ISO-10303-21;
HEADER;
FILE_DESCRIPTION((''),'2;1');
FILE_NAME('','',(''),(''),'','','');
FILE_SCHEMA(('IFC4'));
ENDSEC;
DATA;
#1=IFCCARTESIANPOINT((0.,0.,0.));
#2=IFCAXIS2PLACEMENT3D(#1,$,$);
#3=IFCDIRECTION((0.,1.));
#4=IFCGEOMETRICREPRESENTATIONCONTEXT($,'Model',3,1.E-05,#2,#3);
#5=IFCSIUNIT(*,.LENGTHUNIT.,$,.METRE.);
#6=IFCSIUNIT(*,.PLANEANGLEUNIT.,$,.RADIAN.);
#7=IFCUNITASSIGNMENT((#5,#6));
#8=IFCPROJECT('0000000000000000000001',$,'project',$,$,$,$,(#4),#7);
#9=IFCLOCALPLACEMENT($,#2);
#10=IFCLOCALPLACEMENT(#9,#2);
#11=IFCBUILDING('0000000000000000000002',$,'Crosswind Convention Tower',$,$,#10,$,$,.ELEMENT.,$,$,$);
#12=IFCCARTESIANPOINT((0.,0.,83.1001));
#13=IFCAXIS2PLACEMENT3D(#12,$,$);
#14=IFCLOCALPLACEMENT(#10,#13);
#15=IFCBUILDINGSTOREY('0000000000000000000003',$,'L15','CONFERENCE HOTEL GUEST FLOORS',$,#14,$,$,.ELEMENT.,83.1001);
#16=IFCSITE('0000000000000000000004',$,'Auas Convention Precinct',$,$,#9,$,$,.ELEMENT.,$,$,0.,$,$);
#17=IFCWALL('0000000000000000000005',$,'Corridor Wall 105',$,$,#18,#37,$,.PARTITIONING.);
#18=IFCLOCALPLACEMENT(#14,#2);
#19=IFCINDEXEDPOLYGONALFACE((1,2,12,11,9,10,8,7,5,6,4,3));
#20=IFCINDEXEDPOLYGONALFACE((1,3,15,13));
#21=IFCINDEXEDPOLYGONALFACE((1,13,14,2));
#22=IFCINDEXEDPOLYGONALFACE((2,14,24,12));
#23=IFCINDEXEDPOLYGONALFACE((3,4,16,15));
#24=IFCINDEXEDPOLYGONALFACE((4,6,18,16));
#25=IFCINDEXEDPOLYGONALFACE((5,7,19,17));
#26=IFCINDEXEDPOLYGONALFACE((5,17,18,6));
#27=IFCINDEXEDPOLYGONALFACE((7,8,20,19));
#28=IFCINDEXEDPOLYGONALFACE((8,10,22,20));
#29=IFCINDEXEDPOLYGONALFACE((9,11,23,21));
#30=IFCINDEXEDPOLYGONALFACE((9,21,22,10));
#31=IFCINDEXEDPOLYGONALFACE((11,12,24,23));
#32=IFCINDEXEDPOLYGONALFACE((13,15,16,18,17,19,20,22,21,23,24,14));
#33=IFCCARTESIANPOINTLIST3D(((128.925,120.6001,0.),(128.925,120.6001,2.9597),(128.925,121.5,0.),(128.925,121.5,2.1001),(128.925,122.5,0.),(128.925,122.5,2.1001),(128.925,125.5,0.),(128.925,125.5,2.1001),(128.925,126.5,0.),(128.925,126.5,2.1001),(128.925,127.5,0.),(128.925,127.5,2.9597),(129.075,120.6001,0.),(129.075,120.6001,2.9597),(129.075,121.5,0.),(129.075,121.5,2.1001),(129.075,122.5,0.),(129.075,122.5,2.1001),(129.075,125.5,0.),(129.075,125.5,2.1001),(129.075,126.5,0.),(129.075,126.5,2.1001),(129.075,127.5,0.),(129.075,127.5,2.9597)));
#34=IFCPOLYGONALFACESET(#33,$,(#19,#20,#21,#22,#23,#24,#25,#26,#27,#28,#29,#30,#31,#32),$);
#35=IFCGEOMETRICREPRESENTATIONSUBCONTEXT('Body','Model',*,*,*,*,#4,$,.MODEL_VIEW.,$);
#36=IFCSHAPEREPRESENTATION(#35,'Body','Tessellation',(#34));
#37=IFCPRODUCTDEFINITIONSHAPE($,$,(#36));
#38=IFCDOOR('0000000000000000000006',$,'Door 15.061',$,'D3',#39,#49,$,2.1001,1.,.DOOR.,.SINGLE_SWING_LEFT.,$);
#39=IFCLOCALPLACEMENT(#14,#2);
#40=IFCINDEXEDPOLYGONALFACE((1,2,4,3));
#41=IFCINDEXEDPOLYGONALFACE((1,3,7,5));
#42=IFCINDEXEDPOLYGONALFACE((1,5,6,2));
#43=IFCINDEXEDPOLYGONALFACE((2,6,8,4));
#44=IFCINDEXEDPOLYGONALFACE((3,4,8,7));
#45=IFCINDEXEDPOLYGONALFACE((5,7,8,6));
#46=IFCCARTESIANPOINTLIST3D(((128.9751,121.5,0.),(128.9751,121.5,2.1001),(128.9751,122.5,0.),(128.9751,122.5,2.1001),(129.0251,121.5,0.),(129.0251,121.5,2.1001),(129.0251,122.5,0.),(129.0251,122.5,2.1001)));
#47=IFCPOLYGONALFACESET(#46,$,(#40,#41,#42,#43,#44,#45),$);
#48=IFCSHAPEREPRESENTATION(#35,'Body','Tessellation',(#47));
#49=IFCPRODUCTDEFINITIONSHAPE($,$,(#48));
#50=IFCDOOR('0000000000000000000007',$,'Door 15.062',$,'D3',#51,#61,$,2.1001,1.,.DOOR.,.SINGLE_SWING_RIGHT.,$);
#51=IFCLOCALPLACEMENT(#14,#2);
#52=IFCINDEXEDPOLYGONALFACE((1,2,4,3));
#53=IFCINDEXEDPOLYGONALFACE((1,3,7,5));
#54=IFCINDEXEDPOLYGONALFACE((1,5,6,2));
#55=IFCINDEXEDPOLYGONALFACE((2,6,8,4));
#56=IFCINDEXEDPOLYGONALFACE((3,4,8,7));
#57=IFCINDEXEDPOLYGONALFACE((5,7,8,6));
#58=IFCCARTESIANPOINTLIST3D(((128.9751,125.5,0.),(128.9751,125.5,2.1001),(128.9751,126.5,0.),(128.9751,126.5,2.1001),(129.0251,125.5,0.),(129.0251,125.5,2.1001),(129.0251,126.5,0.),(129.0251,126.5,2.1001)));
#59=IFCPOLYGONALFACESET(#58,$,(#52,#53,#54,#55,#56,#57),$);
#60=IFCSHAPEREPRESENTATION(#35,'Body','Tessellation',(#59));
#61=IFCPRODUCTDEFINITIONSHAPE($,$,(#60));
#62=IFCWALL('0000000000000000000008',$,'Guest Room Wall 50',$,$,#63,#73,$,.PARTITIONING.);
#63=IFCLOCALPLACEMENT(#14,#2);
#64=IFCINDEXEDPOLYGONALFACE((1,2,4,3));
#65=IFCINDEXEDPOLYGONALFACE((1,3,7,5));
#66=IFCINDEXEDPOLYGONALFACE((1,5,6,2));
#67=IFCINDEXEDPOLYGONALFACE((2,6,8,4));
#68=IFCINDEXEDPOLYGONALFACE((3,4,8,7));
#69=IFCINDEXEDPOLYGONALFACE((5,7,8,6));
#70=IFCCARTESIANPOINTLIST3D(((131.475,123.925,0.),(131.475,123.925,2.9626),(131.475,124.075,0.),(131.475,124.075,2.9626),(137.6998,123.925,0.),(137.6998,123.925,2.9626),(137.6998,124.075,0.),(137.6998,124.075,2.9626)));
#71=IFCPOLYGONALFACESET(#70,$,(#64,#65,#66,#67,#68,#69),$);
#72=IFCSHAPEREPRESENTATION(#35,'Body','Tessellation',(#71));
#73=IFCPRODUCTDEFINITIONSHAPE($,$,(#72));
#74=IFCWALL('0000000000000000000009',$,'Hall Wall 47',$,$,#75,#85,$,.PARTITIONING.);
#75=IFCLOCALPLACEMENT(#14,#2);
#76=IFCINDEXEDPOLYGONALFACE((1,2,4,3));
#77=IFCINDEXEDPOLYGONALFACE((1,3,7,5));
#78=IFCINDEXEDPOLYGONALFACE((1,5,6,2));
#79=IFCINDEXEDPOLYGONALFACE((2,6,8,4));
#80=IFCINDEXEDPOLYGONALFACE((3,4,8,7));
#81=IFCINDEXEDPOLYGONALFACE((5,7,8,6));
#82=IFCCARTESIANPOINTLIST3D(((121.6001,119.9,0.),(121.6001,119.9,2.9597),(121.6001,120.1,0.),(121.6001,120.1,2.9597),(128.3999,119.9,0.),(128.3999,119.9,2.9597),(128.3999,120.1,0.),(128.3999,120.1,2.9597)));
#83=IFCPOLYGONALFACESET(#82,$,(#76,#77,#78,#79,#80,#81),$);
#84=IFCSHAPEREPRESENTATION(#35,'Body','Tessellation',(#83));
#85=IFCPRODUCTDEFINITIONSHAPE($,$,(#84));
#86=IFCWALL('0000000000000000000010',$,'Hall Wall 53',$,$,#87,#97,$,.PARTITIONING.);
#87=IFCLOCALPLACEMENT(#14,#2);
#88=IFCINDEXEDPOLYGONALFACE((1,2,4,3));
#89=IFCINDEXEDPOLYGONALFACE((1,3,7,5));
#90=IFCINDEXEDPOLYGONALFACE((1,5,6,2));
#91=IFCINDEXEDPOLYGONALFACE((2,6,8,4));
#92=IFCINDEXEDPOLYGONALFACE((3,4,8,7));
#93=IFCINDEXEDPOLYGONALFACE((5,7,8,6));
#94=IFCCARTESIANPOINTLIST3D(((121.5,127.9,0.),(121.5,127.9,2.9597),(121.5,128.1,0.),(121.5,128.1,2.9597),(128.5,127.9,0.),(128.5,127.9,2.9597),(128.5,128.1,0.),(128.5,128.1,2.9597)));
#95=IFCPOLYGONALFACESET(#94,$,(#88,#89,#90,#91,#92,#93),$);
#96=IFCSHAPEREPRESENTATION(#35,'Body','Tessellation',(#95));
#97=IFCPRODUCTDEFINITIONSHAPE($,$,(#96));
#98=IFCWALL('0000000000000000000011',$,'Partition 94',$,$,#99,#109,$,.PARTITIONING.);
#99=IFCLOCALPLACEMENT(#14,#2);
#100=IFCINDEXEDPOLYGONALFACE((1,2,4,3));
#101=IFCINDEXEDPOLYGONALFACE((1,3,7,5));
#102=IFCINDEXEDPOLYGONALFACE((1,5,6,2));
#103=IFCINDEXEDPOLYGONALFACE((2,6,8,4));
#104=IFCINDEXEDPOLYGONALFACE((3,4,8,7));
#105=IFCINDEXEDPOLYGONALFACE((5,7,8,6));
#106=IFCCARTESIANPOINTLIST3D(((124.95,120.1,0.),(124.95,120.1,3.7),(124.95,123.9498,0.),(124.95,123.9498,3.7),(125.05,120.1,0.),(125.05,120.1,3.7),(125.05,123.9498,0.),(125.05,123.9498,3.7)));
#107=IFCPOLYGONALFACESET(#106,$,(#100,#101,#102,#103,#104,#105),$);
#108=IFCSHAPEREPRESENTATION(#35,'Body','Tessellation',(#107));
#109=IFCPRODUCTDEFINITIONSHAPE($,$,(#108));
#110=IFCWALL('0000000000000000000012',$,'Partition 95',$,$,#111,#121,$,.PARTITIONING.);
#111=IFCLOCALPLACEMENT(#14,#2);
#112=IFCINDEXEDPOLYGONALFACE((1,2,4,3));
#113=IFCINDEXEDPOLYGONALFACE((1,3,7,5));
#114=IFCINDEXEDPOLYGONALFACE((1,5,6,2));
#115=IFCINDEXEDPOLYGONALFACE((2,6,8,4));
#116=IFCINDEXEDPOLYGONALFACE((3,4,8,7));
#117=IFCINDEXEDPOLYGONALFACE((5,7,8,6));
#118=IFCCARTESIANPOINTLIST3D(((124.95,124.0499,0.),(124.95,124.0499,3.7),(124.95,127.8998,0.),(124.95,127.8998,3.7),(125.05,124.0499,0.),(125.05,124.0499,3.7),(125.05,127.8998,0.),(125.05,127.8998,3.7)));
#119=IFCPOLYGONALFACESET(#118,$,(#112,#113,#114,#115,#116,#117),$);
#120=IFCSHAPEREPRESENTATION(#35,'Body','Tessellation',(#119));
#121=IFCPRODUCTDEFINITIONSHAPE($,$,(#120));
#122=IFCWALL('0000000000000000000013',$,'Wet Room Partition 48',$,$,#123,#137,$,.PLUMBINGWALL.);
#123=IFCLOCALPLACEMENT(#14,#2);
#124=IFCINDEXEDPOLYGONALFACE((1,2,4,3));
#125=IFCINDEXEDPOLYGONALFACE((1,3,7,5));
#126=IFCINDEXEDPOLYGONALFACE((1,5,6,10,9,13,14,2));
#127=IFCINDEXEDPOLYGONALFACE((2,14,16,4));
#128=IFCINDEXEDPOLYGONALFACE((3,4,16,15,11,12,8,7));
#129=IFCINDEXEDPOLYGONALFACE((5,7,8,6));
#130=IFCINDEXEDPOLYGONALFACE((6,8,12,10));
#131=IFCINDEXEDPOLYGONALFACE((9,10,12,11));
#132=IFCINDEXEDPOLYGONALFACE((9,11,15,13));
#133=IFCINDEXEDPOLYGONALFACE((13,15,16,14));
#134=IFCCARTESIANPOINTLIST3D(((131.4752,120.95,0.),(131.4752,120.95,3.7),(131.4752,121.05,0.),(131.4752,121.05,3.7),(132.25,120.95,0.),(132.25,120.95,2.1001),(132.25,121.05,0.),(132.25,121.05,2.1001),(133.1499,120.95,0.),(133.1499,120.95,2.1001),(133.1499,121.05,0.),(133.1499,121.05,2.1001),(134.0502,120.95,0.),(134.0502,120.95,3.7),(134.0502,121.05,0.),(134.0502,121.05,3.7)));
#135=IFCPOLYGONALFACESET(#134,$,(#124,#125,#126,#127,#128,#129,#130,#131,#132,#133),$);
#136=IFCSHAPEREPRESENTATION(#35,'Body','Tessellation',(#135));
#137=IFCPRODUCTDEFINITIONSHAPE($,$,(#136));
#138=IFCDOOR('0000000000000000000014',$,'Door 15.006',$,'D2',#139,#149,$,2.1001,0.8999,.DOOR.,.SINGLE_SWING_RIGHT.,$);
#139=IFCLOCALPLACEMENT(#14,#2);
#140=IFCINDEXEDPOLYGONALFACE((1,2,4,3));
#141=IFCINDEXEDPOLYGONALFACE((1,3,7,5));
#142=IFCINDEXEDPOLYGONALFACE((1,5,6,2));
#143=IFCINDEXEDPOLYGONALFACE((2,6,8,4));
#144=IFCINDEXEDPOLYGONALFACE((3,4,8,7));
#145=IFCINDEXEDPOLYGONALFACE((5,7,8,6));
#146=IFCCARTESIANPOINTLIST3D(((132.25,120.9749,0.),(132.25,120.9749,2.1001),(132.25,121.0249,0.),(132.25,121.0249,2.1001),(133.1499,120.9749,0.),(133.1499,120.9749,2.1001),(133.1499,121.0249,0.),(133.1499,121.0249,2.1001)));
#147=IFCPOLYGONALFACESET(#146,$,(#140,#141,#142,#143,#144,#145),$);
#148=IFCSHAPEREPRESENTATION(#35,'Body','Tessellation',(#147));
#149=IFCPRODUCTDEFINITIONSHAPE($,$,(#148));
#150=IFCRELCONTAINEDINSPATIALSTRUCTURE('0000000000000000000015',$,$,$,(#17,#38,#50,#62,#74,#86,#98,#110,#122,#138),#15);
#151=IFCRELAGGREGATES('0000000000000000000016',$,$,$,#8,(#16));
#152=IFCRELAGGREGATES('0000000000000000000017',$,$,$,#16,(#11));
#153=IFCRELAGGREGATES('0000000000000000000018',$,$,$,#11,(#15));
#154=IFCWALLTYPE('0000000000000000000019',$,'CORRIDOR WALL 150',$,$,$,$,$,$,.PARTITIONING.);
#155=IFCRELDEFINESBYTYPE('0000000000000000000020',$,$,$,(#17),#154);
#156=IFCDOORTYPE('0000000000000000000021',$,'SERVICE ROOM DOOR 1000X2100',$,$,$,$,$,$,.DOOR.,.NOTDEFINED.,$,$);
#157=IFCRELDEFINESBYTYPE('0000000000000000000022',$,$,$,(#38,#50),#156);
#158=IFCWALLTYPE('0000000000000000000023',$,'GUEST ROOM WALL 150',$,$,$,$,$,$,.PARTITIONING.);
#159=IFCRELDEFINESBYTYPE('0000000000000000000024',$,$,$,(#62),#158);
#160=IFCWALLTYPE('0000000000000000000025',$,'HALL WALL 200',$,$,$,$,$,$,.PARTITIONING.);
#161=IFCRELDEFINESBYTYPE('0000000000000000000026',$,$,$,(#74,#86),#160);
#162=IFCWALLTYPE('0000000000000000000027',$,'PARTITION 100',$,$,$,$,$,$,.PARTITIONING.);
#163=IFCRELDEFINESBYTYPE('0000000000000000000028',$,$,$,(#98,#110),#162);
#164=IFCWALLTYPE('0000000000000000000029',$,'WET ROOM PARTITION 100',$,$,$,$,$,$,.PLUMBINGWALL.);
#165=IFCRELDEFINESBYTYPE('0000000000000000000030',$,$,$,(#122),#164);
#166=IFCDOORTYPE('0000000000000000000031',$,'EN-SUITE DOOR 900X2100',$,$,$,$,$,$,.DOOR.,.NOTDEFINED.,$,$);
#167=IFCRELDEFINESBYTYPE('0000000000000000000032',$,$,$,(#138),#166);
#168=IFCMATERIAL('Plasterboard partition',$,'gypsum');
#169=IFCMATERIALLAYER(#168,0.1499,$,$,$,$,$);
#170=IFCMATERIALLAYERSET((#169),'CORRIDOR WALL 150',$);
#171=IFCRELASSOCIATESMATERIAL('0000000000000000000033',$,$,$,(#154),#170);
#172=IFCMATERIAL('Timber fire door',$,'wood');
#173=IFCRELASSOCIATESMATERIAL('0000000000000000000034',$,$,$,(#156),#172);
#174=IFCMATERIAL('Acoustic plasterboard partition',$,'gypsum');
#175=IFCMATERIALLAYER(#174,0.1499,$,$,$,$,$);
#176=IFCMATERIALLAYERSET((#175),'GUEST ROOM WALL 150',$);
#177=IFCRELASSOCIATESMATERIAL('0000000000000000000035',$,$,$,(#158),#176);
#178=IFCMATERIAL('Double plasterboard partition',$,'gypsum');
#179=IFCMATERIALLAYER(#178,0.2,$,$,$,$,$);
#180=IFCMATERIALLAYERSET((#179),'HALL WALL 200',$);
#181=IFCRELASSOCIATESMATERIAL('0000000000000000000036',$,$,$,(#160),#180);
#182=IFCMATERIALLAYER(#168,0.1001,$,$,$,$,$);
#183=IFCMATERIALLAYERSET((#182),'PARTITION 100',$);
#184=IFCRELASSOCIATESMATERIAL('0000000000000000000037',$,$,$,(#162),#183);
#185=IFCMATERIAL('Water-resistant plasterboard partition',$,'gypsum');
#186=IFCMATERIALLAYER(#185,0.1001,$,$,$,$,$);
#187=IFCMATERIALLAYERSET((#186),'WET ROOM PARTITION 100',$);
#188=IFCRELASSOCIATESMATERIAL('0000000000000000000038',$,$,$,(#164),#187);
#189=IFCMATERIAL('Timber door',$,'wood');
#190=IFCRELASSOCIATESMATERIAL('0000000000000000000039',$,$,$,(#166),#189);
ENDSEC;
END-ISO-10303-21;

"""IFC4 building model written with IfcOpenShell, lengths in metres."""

from ifc_helpers import new_model, si_unit, direction, frame, frame_2d, origin, place, context, subcontext, project, spatial, rectangle, extrude, material, layer, layer_set, type_object, element, fill, save


model = new_model("IFC4")

# Units and contexts
model_context = context("Model", 3, precision=1e-05, world=origin(), true_north=direction((0.0, 1.0)))
body_context = subcontext(model_context, "Body", "Model", "MODEL_VIEW")
ifc_project = project(units=[si_unit("LENGTHUNIT", "METRE"), si_unit("PLANEANGLEUNIT", "RADIAN")], contexts=[model_context])

# Site, building, storey
site_placement = place(None, origin())
site = spatial("IfcSite", under=ifc_project, at=site_placement, Name="Auas Convention Precinct", CompositionType="ELEMENT", RefElevation=0.0)
building_placement = place(site_placement, origin())
building = spatial("IfcBuilding", under=site, at=building_placement, Name="Crosswind Convention Tower", CompositionType="ELEMENT")
storey_placement = place(building_placement, frame((0.0, 0.0, 83.1001)))
storey = spatial("IfcBuildingStorey", under=building, at=storey_placement, Name="L15", Description="CONFERENCE HOTEL GUEST FLOORS", CompositionType="ELEMENT", Elevation=83.1001)

# Wall, openings, doors
ifc_material_1 = material(Name="Plasterboard partition", Category="gypsum")
ifc_layer_1 = layer(ifc_material_1, 0.1499)
ifc_layer_set_1 = layer_set([ifc_layer_1], Name="CORRIDOR WALL 150")
wall_type_1 = type_object("IfcWallType", Name="CORRIDOR WALL 150", PredefinedType="PARTITIONING", material=ifc_layer_set_1)
wall_1_placement = place(storey_placement, frame((129.0, 120.6001, 0.0), z_axis=(0.0, 0.0, 1.0), x_axis=(0.0, 1.0, 0.0)))
wall_1 = element("IfcWall", 1, at=wall_1_placement, inside=storey, type_object=wall_type_1, Name="Corridor Wall 105", PredefinedType="PARTITIONING", context=body_context, shape_type="SweptSolid", body=[
    extrude(rectangle(XDim=6.8999, YDim=0.1499, at=frame_2d((3.45, 0.0))), origin(), (0.0, 0.0, 1.0), 2.9597),
])
opening_1_placement = place(wall_1_placement, frame((0.8999, 0.0, 0.0)))
opening_1 = element("IfcOpeningElement", 2, at=opening_1_placement, cuts=wall_1, PredefinedType="OPENING", context=body_context, shape_type="SweptSolid", body=[
    extrude(rectangle(XDim=1.0, YDim=2.1001, at=frame_2d((0.5, 1.05))), frame((0.0, 0.085, 0.0), z_axis=(0.0, -1.0, 0.0), x_axis=(1.0, 0.0, 0.0)), (0.0, 0.0, 1.0), 0.1699),
])
opening_2_placement = place(wall_1_placement, frame((4.8999, 0.0, 0.0)))
opening_2 = element("IfcOpeningElement", 3, at=opening_2_placement, cuts=wall_1, PredefinedType="OPENING", context=body_context, shape_type="SweptSolid", body=[
    extrude(rectangle(XDim=1.0, YDim=2.1001, at=frame_2d((0.5, 1.05))), frame((0.0, 0.085, 0.0), z_axis=(0.0, -1.0, 0.0), x_axis=(1.0, 0.0, 0.0)), (0.0, 0.0, 1.0), 0.1699),
])
ifc_material_2 = material(Name="Timber fire door", Category="wood")
door_type_1 = type_object("IfcDoorType", Name="SERVICE ROOM DOOR 1000X2100", OperationType="NOTDEFINED", PredefinedType="DOOR", material=ifc_material_2)
door_1_placement = place(opening_1_placement, origin())
door_1 = element("IfcDoor", 4, at=door_1_placement, inside=storey, type_object=door_type_1, Name="Door 15.061", ObjectType="D3", OperationType="SINGLE_SWING_LEFT", OverallHeight=2.1001, OverallWidth=1.0, PredefinedType="DOOR", context=body_context, shape_type="SweptSolid", body=[
    extrude(rectangle(XDim=1.0, YDim=2.1001, at=frame_2d((0.5, 1.05))), frame((0.0, 0.0249, 0.0), z_axis=(0.0, -1.0, 0.0), x_axis=(1.0, 0.0, 0.0)), (0.0, 0.0, 1.0), 0.05),
])
fill(opening_1, door_1)
door_2_placement = place(opening_2_placement, origin())
door_2 = element("IfcDoor", 5, at=door_2_placement, inside=storey, type_object=door_type_1, Name="Door 15.062", ObjectType="D3", OperationType="SINGLE_SWING_RIGHT", OverallHeight=2.1001, OverallWidth=1.0, PredefinedType="DOOR", context=body_context, shape_type="SweptSolid", body=[
    extrude(rectangle(XDim=1.0, YDim=2.1001, at=frame_2d((0.5, 1.05))), frame((0.0, 0.0249, 0.0), z_axis=(0.0, -1.0, 0.0), x_axis=(1.0, 0.0, 0.0)), (0.0, 0.0, 1.0), 0.05),
])
fill(opening_2, door_2)

# Walls
ifc_material_3 = material(Name="Acoustic plasterboard partition", Category="gypsum")
ifc_layer_2 = layer(ifc_material_3, 0.1499)
ifc_layer_set_2 = layer_set([ifc_layer_2], Name="GUEST ROOM WALL 150")
wall_type_2 = type_object("IfcWallType", Name="GUEST ROOM WALL 150", PredefinedType="PARTITIONING", material=ifc_layer_set_2)
wall_2_placement = place(storey_placement, frame((131.4751, 124.0, 0.0), z_axis=(0.0, 0.0, 1.0), x_axis=(1.0, 0.0, 0.0)))
element("IfcWall", 6, at=wall_2_placement, inside=storey, type_object=wall_type_2, Name="Guest Room Wall 50", PredefinedType="PARTITIONING", context=body_context, shape_type="SweptSolid", body=[
    extrude(rectangle(XDim=6.2249, YDim=0.1499, at=frame_2d((3.1123, 0.0))), origin(), (0.0, 0.0, 1.0), 2.9626),
])
ifc_material_4 = material(Name="Double plasterboard partition", Category="gypsum")
ifc_layer_3 = layer(ifc_material_4, 0.2)
ifc_layer_set_3 = layer_set([ifc_layer_3], Name="HALL WALL 200")
wall_type_3 = type_object("IfcWallType", Name="HALL WALL 200", PredefinedType="PARTITIONING", material=ifc_layer_set_3)
wall_3_placement = place(storey_placement, frame((121.6001, 120.0, 0.0), z_axis=(0.0, 0.0, 1.0), x_axis=(1.0, 0.0, 0.0)))
element("IfcWall", 7, at=wall_3_placement, inside=storey, type_object=wall_type_3, Name="Hall Wall 47", PredefinedType="PARTITIONING", context=body_context, shape_type="SweptSolid", body=[
    extrude(rectangle(XDim=6.7998, YDim=0.2, at=frame_2d((3.3999, 0.0))), origin(), (0.0, 0.0, 1.0), 2.9597),
])
wall_4_placement = place(storey_placement, frame((121.5, 128.0, 0.0), z_axis=(0.0, 0.0, 1.0), x_axis=(1.0, 0.0, 0.0)))
element("IfcWall", 8, at=wall_4_placement, inside=storey, type_object=wall_type_3, Name="Hall Wall 53", PredefinedType="PARTITIONING", context=body_context, shape_type="SweptSolid", body=[
    extrude(rectangle(XDim=7.0, YDim=0.2, at=frame_2d((3.5, 0.0))), origin(), (0.0, 0.0, 1.0), 2.9597),
])
ifc_layer_4 = layer(ifc_material_1, 0.1001)
ifc_layer_set_4 = layer_set([ifc_layer_4], Name="PARTITION 100")
wall_type_4 = type_object("IfcWallType", Name="PARTITION 100", PredefinedType="PARTITIONING", material=ifc_layer_set_4)
for number, where, z_axis, x_axis, name in (
    (9, (125.0, 120.1001, 0.0), (0.0, 0.0, 1.0), (0.0, 1.0, 0.0), "Partition 94"),
    (10, (125.0, 124.05, 0.0), (0.0, 0.0, 1.0), (0.0, 1.0, 0.0), "Partition 95"),
):
    element("IfcWall", number, at=place(storey_placement, frame(where, z_axis=z_axis, x_axis=x_axis)), inside=storey, type_object=wall_type_4, Name=name, PredefinedType="PARTITIONING", context=body_context, shape_type="SweptSolid", body=[
        extrude(rectangle(XDim=3.8499, YDim=0.1001, at=frame_2d((1.9248, 0.0))), origin(), (0.0, 0.0, 1.0), 3.7),
    ])

# Wall, opening, door
ifc_material_5 = material(Name="Water-resistant plasterboard partition", Category="gypsum")
ifc_layer_5 = layer(ifc_material_5, 0.1001)
ifc_layer_set_5 = layer_set([ifc_layer_5], Name="WET ROOM PARTITION 100")
wall_type_5 = type_object("IfcWallType", Name="WET ROOM PARTITION 100", PredefinedType="PLUMBINGWALL", material=ifc_layer_set_5)
wall_5_placement = place(storey_placement, frame((131.4751, 121.0, 0.0), z_axis=(0.0, 0.0, 1.0), x_axis=(1.0, 0.0, 0.0)))
wall_5 = element("IfcWall", 11, at=wall_5_placement, inside=storey, type_object=wall_type_5, Name="Wet Room Partition 48", PredefinedType="PLUMBINGWALL", context=body_context, shape_type="SweptSolid", body=[
    extrude(rectangle(XDim=2.575, YDim=0.1001, at=frame_2d((1.2876, 0.0))), origin(), (0.0, 0.0, 1.0), 3.7),
])
opening_3_placement = place(wall_5_placement, frame((0.7749, 0.0, 0.0)))
opening_3 = element("IfcOpeningElement", 12, at=opening_3_placement, cuts=wall_5, PredefinedType="OPENING", context=body_context, shape_type="SweptSolid", body=[
    extrude(rectangle(XDim=0.8999, YDim=2.1001, at=frame_2d((0.45, 1.05))), frame((0.0, 0.0601, 0.0), z_axis=(0.0, -1.0, 0.0), x_axis=(1.0, 0.0, 0.0)), (0.0, 0.0, 1.0), 0.1201),
])
ifc_material_6 = material(Name="Timber door", Category="wood")
door_type_2 = type_object("IfcDoorType", Name="EN-SUITE DOOR 900X2100", OperationType="NOTDEFINED", PredefinedType="DOOR", material=ifc_material_6)
door_3_placement = place(opening_3_placement, origin())
door_3 = element("IfcDoor", 13, at=door_3_placement, inside=storey, type_object=door_type_2, Name="Door 15.006", ObjectType="D2", OperationType="SINGLE_SWING_RIGHT", OverallHeight=2.1001, OverallWidth=0.8999, PredefinedType="DOOR", context=body_context, shape_type="SweptSolid", body=[
    extrude(rectangle(XDim=0.8999, YDim=2.1001, at=frame_2d((0.45, 1.05))), frame((0.0, 0.0249, 0.0), z_axis=(0.0, -1.0, 0.0), x_axis=(1.0, 0.0, 0.0)), (0.0, 0.0, 1.0), 0.05),
])
fill(opening_3, door_3)

save(model, "model.ifc")
